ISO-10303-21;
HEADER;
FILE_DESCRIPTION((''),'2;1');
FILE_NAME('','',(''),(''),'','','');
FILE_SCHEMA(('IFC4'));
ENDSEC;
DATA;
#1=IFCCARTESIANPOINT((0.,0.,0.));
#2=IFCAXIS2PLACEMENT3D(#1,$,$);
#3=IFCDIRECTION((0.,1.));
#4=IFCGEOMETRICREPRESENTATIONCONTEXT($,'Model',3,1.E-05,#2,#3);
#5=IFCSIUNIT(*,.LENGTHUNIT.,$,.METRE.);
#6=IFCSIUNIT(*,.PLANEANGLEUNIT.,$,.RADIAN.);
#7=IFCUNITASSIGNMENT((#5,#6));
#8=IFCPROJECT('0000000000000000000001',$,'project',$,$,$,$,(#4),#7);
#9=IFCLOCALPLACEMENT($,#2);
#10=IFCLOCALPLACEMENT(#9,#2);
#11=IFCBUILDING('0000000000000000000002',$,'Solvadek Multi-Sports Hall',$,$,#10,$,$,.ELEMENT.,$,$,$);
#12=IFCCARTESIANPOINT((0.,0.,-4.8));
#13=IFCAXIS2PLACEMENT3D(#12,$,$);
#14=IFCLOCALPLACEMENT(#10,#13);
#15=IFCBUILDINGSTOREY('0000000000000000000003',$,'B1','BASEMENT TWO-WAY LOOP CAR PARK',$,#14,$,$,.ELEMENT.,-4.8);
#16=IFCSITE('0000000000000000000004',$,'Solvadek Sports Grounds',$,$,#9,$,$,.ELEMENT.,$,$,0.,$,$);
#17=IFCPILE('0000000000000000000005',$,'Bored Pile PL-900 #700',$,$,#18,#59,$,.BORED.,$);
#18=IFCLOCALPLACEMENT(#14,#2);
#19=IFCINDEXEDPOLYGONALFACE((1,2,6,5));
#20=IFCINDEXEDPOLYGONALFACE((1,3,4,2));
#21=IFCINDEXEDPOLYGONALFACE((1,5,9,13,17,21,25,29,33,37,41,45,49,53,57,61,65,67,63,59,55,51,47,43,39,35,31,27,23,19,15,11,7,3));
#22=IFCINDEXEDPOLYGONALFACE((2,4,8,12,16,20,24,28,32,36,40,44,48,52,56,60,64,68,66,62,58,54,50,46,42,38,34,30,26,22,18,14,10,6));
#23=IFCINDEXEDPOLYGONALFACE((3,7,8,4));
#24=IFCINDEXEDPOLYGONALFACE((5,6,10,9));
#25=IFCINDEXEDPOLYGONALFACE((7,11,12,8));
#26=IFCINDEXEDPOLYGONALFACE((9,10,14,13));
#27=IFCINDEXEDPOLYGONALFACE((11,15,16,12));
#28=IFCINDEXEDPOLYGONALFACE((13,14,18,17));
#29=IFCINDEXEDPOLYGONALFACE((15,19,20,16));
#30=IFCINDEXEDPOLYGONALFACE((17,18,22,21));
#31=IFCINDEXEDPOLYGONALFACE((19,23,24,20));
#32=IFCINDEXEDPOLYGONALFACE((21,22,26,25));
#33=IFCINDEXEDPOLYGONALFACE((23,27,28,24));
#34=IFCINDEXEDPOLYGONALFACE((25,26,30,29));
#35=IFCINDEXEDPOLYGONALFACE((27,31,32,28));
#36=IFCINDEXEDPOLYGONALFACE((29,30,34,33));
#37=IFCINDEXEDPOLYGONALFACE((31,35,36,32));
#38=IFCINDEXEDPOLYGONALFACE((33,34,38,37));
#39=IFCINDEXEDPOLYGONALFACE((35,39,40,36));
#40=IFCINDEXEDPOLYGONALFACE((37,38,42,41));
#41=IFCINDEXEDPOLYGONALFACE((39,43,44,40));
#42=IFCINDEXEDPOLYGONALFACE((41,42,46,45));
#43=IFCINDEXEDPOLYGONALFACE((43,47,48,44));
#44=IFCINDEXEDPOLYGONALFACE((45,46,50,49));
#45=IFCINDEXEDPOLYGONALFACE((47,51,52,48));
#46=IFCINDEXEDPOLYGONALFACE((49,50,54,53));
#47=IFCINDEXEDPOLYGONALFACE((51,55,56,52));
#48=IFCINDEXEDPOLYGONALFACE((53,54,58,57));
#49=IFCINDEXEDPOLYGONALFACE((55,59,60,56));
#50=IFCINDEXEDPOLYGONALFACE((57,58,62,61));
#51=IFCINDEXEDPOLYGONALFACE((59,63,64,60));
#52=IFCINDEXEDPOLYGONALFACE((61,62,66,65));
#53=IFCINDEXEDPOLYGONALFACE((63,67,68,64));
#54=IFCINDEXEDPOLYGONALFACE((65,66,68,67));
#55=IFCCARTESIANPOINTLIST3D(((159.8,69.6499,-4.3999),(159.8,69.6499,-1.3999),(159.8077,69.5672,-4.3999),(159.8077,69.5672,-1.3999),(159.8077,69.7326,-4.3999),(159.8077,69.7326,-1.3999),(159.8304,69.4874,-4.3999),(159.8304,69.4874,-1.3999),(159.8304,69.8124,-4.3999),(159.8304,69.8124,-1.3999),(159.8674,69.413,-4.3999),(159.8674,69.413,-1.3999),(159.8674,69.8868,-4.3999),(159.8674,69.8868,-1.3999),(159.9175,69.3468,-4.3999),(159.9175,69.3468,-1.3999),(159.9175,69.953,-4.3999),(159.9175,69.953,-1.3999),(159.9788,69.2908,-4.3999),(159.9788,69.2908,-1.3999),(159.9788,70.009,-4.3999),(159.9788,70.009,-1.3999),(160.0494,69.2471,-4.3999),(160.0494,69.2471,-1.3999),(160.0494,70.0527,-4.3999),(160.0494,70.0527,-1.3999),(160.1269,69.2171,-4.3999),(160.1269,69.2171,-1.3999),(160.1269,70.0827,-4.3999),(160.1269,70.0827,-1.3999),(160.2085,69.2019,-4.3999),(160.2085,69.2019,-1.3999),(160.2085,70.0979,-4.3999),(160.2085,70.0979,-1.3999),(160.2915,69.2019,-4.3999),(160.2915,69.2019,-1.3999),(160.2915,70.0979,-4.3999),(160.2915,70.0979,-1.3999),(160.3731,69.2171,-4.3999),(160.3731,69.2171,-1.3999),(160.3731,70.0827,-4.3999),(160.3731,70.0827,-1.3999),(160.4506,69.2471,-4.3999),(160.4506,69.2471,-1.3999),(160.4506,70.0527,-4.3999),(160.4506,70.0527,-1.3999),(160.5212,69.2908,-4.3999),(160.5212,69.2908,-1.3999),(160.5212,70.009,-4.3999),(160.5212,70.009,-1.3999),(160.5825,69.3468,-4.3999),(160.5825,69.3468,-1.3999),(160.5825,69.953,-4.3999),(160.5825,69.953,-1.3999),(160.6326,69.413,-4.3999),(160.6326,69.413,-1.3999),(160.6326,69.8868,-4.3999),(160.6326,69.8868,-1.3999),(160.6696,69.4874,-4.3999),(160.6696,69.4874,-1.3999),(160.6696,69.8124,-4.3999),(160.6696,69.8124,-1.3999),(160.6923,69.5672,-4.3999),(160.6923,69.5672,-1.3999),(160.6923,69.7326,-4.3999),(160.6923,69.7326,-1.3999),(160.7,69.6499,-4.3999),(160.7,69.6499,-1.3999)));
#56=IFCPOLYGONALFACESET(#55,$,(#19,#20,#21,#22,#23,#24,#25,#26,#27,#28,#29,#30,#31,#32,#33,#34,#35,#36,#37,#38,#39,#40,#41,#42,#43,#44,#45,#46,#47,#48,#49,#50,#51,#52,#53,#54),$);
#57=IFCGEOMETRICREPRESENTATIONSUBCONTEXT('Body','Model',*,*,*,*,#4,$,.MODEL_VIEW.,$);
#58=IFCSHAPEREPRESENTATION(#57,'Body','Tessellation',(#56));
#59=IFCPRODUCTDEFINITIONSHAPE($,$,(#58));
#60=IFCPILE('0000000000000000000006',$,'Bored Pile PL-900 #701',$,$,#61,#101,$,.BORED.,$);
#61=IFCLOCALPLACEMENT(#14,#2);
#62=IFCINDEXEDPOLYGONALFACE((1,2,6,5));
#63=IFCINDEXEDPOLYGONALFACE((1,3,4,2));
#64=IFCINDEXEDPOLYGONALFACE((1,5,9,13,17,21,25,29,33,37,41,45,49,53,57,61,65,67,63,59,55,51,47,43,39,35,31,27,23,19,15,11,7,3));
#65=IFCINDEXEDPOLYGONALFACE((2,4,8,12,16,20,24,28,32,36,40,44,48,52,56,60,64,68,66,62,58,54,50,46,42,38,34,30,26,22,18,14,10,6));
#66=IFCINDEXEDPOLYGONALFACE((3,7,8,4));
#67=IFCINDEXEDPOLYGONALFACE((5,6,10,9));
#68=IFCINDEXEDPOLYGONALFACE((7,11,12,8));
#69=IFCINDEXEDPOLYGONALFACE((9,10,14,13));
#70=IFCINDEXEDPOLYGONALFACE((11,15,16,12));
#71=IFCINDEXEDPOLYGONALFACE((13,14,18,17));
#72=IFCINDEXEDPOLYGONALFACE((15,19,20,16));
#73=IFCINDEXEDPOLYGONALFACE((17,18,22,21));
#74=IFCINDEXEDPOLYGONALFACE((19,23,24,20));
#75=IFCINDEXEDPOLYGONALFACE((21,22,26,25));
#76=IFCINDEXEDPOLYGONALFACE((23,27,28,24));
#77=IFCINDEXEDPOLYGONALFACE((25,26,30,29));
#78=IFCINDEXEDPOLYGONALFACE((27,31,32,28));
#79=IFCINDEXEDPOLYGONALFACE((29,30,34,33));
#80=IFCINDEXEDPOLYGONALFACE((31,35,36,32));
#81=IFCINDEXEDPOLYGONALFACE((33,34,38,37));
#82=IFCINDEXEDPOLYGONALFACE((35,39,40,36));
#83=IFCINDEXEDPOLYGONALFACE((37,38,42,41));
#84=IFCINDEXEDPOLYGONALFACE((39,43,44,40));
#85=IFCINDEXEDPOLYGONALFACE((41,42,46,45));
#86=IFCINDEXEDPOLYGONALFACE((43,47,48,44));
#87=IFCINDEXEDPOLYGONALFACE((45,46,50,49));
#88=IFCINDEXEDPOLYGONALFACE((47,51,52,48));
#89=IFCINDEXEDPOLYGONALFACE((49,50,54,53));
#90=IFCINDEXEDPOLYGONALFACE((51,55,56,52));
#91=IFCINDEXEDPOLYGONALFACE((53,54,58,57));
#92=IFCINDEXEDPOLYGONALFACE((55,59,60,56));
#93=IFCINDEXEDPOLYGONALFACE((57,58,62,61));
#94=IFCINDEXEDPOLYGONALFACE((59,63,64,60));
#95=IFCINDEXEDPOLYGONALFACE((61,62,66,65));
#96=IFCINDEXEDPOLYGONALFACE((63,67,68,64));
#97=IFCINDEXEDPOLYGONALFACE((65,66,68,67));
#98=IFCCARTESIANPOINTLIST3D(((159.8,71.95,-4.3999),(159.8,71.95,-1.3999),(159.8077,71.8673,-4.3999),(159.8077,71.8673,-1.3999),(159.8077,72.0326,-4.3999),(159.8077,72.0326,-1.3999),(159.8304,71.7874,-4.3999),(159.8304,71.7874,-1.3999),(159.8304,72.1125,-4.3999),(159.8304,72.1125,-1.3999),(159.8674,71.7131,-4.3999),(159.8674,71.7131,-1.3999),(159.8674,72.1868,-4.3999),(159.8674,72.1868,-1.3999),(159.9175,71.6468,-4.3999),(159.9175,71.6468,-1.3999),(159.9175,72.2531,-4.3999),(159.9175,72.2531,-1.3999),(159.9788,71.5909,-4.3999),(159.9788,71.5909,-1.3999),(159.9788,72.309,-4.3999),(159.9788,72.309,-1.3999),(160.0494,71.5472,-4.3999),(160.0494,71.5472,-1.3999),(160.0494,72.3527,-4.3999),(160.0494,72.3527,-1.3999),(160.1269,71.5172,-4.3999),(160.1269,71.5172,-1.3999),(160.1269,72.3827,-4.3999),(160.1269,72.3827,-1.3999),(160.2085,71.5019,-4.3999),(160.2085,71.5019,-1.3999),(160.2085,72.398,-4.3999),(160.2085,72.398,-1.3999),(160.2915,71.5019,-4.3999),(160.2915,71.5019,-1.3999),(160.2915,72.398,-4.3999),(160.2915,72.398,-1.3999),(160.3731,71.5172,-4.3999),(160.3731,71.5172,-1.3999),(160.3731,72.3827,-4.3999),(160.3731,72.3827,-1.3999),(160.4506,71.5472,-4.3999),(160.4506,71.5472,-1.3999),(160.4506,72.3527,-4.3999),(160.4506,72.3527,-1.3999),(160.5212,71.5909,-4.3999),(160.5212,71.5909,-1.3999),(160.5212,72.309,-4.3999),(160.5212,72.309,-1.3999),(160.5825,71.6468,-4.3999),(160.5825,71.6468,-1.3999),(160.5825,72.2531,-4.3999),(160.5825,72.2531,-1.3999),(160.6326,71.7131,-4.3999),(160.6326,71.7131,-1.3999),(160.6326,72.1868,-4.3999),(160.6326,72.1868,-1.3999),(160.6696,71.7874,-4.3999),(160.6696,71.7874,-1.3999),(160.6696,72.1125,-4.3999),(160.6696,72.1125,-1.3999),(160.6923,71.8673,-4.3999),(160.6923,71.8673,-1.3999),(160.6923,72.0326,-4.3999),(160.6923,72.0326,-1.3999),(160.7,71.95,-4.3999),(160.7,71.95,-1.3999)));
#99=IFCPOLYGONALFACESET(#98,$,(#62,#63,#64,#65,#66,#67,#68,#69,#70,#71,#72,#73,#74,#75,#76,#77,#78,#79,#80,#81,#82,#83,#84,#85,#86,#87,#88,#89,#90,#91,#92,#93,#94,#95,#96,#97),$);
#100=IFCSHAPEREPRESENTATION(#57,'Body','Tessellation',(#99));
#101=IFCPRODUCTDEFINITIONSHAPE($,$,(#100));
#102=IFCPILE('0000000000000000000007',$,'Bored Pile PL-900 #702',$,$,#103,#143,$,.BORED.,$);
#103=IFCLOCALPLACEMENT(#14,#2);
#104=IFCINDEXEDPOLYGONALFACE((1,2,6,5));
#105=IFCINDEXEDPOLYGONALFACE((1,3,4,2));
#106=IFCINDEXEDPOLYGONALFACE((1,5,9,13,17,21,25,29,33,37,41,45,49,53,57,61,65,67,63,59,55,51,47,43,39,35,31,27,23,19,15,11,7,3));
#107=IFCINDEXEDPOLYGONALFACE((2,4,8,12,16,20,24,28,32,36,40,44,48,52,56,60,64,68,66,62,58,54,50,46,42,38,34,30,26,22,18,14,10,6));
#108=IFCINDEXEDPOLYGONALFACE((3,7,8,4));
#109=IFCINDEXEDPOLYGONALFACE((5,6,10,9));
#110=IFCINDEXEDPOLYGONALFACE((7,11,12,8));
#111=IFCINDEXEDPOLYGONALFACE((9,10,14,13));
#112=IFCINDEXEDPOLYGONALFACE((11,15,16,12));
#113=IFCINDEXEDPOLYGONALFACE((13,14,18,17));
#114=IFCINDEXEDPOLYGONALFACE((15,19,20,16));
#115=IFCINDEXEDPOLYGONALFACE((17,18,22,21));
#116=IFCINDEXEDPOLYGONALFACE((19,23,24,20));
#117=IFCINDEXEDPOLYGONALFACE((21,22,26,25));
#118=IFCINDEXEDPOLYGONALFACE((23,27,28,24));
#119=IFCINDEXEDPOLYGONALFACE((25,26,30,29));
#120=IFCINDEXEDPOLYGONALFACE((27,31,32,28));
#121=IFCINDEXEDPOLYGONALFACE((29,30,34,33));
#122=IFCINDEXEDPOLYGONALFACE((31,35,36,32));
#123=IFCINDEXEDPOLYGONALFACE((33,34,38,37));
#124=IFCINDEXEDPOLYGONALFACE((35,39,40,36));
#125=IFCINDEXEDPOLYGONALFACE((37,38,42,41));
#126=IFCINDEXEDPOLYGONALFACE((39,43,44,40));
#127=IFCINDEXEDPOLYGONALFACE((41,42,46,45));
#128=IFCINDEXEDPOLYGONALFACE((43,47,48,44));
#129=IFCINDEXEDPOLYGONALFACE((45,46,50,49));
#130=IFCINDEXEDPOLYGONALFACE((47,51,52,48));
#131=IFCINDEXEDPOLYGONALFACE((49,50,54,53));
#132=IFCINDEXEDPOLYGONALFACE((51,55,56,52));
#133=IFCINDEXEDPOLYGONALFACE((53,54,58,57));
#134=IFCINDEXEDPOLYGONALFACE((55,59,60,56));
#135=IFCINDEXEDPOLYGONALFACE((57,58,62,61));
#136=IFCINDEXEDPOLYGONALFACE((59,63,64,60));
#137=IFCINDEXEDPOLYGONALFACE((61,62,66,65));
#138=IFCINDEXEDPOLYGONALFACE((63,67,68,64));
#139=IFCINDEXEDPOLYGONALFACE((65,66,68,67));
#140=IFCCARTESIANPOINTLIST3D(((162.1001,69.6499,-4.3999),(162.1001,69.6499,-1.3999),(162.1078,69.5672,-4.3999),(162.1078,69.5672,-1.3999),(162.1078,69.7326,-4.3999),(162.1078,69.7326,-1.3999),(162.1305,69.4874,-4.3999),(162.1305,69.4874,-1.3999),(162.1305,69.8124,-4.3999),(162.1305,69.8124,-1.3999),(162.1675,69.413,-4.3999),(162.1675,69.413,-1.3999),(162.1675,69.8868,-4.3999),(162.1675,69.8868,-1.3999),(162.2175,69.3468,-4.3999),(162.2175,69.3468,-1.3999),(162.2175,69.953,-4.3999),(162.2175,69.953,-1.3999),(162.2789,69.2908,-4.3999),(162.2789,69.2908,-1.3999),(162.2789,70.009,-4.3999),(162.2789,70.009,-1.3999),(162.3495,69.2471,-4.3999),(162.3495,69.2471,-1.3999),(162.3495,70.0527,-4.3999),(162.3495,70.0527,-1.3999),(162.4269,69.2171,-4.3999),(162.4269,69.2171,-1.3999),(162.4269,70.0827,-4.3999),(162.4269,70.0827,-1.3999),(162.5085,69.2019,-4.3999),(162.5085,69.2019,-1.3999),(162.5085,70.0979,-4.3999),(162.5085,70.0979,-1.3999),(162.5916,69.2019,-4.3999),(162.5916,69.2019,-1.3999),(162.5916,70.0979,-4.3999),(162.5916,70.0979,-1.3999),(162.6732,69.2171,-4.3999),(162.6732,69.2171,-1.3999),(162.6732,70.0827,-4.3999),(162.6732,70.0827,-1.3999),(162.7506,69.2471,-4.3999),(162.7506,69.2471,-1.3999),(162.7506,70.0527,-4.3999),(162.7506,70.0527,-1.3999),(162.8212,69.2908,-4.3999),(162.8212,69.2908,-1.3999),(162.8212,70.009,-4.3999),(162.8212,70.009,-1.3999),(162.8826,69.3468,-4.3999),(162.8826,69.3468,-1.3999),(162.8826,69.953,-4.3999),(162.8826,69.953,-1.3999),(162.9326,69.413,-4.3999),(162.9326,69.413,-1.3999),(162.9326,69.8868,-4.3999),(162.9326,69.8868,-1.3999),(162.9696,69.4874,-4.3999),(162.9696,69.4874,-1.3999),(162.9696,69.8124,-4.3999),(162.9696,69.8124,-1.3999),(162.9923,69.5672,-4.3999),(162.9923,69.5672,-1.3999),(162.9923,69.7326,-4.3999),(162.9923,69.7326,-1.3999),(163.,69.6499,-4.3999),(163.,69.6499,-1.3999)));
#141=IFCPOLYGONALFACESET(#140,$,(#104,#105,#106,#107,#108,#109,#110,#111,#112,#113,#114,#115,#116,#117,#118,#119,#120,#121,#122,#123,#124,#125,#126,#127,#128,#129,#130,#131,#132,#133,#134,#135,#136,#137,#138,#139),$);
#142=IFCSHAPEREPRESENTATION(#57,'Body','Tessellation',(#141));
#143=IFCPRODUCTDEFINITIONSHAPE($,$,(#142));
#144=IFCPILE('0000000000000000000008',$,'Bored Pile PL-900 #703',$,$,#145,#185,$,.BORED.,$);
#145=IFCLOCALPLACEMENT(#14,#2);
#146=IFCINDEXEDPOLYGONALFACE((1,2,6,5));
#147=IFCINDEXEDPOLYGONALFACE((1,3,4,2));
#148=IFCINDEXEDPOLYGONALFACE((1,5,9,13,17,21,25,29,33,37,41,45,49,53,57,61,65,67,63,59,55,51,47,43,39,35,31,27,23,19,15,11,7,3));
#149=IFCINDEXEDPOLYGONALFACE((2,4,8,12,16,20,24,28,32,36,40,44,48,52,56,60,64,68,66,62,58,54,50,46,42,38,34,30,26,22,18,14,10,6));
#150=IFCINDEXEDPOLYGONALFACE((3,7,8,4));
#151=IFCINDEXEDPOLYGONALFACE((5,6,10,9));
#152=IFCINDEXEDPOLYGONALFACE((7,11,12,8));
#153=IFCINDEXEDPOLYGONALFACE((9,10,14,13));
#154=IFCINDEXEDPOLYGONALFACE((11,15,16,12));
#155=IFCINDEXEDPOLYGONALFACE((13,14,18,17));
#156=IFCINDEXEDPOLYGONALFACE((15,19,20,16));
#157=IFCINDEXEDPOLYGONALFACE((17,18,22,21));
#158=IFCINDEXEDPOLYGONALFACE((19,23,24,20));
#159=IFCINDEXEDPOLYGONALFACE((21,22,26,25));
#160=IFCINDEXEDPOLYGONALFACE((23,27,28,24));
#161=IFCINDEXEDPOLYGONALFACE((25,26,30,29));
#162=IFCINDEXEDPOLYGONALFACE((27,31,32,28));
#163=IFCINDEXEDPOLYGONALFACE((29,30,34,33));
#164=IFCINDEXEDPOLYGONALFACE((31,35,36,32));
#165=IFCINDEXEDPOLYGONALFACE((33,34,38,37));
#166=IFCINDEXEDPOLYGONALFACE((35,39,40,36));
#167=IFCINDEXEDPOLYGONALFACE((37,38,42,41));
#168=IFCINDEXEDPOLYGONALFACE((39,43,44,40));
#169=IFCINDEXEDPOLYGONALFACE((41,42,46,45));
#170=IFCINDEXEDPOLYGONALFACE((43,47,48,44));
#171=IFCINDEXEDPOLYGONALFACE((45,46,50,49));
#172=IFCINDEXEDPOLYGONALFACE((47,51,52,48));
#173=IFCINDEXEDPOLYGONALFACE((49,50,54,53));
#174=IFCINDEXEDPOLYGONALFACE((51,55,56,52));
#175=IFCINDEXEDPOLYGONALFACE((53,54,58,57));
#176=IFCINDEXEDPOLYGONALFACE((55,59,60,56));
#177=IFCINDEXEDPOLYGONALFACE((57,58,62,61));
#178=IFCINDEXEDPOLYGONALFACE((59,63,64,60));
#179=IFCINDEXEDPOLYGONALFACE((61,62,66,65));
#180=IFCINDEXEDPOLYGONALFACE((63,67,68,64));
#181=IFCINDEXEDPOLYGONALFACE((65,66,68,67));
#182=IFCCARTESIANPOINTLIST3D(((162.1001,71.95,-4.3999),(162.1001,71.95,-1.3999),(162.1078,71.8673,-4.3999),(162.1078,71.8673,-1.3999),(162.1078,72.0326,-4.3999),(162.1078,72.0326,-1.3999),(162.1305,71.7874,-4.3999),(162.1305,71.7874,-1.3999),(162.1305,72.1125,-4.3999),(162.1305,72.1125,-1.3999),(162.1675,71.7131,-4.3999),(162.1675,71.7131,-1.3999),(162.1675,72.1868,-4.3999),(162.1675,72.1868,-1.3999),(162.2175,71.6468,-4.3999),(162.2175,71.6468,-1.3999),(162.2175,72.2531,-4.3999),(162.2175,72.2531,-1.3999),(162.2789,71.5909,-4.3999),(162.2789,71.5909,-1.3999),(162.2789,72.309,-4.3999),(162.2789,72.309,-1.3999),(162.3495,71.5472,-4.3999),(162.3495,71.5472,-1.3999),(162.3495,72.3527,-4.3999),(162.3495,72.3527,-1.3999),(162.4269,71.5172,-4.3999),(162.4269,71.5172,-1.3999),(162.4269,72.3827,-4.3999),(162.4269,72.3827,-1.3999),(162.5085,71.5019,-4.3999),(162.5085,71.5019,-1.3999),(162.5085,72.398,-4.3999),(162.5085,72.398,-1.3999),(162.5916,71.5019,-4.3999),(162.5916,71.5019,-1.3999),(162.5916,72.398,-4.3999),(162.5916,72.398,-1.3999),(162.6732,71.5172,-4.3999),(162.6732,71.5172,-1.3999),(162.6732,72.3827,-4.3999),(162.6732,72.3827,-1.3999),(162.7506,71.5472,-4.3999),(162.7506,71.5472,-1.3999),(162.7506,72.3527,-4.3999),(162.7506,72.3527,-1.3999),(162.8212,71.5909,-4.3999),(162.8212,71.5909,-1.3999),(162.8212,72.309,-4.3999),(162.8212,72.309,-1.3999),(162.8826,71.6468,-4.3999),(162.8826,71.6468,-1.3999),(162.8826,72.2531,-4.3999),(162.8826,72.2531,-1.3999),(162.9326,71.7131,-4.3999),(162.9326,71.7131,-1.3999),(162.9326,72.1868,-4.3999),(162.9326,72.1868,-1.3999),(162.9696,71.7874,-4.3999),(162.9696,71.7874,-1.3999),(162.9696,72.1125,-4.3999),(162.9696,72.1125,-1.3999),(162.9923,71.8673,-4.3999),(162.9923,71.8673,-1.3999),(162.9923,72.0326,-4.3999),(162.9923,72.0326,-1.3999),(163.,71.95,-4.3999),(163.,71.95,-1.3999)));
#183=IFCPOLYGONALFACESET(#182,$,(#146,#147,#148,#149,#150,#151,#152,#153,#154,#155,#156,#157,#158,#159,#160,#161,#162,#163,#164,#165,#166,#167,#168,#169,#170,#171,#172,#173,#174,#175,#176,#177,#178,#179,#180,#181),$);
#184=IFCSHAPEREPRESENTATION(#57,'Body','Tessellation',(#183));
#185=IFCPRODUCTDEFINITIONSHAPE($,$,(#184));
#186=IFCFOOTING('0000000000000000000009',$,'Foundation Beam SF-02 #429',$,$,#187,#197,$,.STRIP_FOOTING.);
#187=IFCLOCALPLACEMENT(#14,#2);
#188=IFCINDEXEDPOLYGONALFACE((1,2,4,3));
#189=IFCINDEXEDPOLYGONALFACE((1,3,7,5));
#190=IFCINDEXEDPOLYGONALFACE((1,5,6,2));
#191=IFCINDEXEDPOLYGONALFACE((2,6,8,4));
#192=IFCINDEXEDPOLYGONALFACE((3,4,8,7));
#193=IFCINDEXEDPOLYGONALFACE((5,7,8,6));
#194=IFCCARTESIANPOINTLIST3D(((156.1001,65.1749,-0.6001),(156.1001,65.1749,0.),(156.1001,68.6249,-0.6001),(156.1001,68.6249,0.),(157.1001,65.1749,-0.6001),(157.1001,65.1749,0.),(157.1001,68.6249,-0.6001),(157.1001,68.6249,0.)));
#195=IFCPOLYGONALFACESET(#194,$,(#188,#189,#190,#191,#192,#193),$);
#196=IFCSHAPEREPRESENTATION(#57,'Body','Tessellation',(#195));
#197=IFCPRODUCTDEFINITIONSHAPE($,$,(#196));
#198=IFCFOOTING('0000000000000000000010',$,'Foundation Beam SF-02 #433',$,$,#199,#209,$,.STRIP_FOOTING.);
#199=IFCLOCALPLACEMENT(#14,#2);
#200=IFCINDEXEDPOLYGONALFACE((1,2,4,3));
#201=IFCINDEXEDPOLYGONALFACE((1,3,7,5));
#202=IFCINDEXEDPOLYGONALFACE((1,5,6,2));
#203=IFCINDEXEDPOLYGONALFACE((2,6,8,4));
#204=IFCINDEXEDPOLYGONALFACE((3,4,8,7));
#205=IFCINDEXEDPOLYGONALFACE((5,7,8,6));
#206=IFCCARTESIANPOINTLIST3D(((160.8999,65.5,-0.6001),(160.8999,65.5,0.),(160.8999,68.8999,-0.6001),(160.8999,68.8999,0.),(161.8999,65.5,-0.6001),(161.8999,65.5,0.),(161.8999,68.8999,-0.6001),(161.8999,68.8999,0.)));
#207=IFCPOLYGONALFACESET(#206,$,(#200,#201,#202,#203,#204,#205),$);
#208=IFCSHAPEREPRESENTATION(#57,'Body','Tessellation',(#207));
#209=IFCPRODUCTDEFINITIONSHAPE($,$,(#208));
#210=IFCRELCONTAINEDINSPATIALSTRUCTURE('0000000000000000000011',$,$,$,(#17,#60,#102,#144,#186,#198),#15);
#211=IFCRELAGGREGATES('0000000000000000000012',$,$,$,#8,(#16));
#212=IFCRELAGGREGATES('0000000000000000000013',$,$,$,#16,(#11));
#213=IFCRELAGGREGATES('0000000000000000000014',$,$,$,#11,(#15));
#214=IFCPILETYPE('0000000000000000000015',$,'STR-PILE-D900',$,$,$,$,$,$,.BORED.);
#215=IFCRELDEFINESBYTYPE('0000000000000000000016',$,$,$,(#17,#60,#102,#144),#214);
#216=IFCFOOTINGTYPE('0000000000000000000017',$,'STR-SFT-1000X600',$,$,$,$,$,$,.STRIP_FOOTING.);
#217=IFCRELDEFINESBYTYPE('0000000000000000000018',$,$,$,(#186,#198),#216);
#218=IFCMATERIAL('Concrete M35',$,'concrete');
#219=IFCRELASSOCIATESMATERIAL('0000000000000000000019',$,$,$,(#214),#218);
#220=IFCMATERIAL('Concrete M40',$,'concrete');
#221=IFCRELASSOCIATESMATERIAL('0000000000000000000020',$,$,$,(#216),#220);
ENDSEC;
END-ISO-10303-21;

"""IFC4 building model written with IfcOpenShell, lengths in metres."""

from ifc_helpers import new_model, si_unit, direction, frame, origin, origin_2d, place, context, subcontext, project, spatial, rectangle, circle, extrude, material, material_profile, profile_set, type_object, element, save


model = new_model("IFC4")

# Units and contexts
model_context = context("Model", 3, precision=1e-05, world=origin(), true_north=direction((0.0, 1.0)))
body_context = subcontext(model_context, "Body", "Model", "MODEL_VIEW")
ifc_project = project(units=[si_unit("LENGTHUNIT", "METRE"), si_unit("PLANEANGLEUNIT", "RADIAN")], contexts=[model_context])

# Site, building, storey
site_placement = place(None, origin())
site = spatial("IfcSite", under=ifc_project, at=site_placement, Name="Solvadek Sports Grounds", CompositionType="ELEMENT", RefElevation=0.0)
building_placement = place(site_placement, origin())
building = spatial("IfcBuilding", under=site, at=building_placement, Name="Solvadek Multi-Sports Hall", CompositionType="ELEMENT")
storey_placement = place(building_placement, frame((0.0, 0.0, -4.8)))
storey = spatial("IfcBuildingStorey", under=building, at=storey_placement, Name="B1", Description="BASEMENT TWO-WAY LOOP CAR PARK", CompositionType="ELEMENT", Elevation=-4.8)

# Shared definitions
ifc_material_1 = material(Name="Concrete M40", Category="concrete")

# Piles
ifc_material_2 = material(Name="Concrete M35", Category="concrete")
ifc_material_profile_1 = material_profile(ifc_material_2, circle(Radius=0.45, at=origin_2d()), Name="BORED PILE D900")
ifc_profile_set_1 = profile_set([ifc_material_profile_1], Name="Concrete M35")
pile_type_1 = type_object("IfcPileType", Name="STR-PILE-D900", PredefinedType="BORED", material=ifc_profile_set_1)
for number, where, z_axis, x_axis, name in (
    (1, (160.25, 69.6499, -1.3999), (0.0, 0.0, -1.0), (1.0, 0.0, 0.0), "Bored Pile PL-900 #700"),
    (2, (160.25, 71.95, -1.3999), (0.0, 0.0, -1.0), (1.0, 0.0, 0.0), "Bored Pile PL-900 #701"),
    (3, (162.55, 69.6499, -1.3999), (0.0, 0.0, -1.0), (1.0, 0.0, 0.0), "Bored Pile PL-900 #702"),
    (4, (162.55, 71.95, -1.3999), (0.0, 0.0, -1.0), (1.0, 0.0, 0.0), "Bored Pile PL-900 #703"),
):
    element("IfcPile", number, at=place(storey_placement, frame(where, z_axis=z_axis, x_axis=x_axis)), inside=storey, type_object=pile_type_1, Name=name, PredefinedType="BORED", context=body_context, shape_type="SweptSolid", body=[
        extrude(circle(Radius=0.45, at=origin_2d()), origin(), (0.0, 0.0, 1.0), 3.0),
    ])

# Footings
footing_type_1 = type_object("IfcFootingType", Name="STR-SFT-1000X600", PredefinedType="STRIP_FOOTING", material=ifc_material_1)
footing_1_placement = place(storey_placement, frame((156.6001, 66.8999, -0.6001), z_axis=(0.0, 0.0, 1.0), x_axis=(0.0, 1.0, 0.0)))
element("IfcFooting", 5, at=footing_1_placement, inside=storey, type_object=footing_type_1, Name="Foundation Beam SF-02 #429", PredefinedType="STRIP_FOOTING", context=body_context, shape_type="SweptSolid", body=[
    extrude(rectangle(XDim=3.45, YDim=1.0, at=origin_2d()), origin(), (0.0, 0.0, 1.0), 0.6001),
])
footing_2_placement = place(storey_placement, frame((161.3999, 67.2, -0.6001), z_axis=(0.0, 0.0, 1.0), x_axis=(0.0, 1.0, 0.0)))
element("IfcFooting", 6, at=footing_2_placement, inside=storey, type_object=footing_type_1, Name="Foundation Beam SF-02 #433", PredefinedType="STRIP_FOOTING", context=body_context, shape_type="SweptSolid", body=[
    extrude(rectangle(XDim=3.3999, YDim=1.0, at=origin_2d()), origin(), (0.0, 0.0, 1.0), 0.6001),
])

save(model, "model.ifc")
